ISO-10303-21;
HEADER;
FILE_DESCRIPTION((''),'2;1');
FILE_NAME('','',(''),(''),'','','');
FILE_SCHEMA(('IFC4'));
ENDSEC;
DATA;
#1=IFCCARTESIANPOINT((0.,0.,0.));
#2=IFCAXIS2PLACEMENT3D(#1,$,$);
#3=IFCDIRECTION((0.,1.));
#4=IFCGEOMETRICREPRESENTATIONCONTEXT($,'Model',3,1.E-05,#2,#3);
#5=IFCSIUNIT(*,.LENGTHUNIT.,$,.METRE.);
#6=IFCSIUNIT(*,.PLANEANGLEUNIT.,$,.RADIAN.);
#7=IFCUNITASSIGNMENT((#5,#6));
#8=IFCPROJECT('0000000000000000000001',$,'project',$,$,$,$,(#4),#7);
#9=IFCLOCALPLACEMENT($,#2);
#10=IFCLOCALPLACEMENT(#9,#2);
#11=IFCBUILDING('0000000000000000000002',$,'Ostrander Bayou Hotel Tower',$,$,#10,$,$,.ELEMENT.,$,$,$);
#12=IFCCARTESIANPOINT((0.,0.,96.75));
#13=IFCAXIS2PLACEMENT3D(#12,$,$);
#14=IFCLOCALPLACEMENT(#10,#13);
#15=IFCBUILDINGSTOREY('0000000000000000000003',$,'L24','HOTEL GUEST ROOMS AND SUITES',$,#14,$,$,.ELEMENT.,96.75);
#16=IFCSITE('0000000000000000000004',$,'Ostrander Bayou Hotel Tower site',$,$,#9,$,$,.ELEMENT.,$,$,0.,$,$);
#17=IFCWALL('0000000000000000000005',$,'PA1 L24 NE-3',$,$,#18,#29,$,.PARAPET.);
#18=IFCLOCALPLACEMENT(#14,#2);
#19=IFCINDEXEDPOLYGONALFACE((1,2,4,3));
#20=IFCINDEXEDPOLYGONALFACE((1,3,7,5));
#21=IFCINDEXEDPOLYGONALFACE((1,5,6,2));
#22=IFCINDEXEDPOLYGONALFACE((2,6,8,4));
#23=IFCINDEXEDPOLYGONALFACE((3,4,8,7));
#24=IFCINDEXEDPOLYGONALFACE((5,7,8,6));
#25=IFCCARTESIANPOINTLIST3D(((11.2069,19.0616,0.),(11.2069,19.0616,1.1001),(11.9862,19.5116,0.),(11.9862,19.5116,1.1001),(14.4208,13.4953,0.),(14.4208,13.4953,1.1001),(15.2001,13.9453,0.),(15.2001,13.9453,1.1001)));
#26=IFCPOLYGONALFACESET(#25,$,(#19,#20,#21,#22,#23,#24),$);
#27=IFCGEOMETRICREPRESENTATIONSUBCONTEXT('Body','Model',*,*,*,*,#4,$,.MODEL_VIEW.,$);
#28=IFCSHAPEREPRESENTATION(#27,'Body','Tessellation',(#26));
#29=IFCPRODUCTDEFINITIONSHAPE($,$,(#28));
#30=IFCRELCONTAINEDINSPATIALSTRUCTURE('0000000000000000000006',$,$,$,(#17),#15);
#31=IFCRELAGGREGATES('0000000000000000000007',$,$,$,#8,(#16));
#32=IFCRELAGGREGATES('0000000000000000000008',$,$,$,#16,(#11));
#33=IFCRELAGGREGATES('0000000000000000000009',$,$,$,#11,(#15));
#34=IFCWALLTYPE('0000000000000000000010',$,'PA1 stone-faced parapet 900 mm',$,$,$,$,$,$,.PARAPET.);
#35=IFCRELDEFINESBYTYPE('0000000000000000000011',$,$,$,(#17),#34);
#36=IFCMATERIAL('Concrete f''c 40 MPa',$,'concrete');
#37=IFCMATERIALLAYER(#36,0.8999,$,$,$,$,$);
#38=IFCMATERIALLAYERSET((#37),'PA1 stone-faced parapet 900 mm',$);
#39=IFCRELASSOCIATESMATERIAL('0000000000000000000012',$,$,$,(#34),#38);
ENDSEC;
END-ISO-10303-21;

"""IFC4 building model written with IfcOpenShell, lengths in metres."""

from ifc_helpers import new_model, si_unit, direction, frame, frame_2d, origin, place, context, subcontext, project, spatial, rectangle, extrude, material, layer, layer_set, type_object, element, save


model = new_model("IFC4")

# Units and contexts
model_context = context("Model", 3, precision=1e-05, world=origin(), true_north=direction((0.0, 1.0)))
body_context = subcontext(model_context, "Body", "Model", "MODEL_VIEW")
ifc_project = project(units=[si_unit("LENGTHUNIT", "METRE"), si_unit("PLANEANGLEUNIT", "RADIAN")], contexts=[model_context])

# Site, building, storey
site_placement = place(None, origin())
site = spatial("IfcSite", under=ifc_project, at=site_placement, Name="Ostrander Bayou Hotel Tower site", CompositionType="ELEMENT", RefElevation=0.0)
building_placement = place(site_placement, origin())
building = spatial("IfcBuilding", under=site, at=building_placement, Name="Ostrander Bayou Hotel Tower", CompositionType="ELEMENT")
storey_placement = place(building_placement, frame((0.0, 0.0, 96.75)))
storey = spatial("IfcBuildingStorey", under=building, at=storey_placement, Name="L24", Description="HOTEL GUEST ROOMS AND SUITES", CompositionType="ELEMENT", Elevation=96.75)

# Wall
ifc_material_1 = material(Name="Concrete f'c 40 MPa", Category="concrete")
ifc_layer_1 = layer(ifc_material_1, 0.8999)
ifc_layer_set_1 = layer_set([ifc_layer_1], Name="PA1 stone-faced parapet 900 mm")
wall_type = type_object("IfcWallType", Name="PA1 stone-faced parapet 900 mm", PredefinedType="PARAPET", material=ifc_layer_set_1)
wall_placement = place(storey_placement, frame((14.8105, 13.7202, 0.0), z_axis=(0.0, 0.0, 1.0), x_axis=(-0.500028, 0.866009, 0.0)))
element("IfcWall", 1, at=wall_placement, inside=storey, type_object=wall_type, Name="PA1 L24 NE-3", PredefinedType="PARAPET", context=body_context, shape_type="SweptSolid", body=[
    extrude(rectangle(XDim=6.4275, YDim=0.8999, at=frame_2d((3.2139, 0.0))), origin(), (0.0, 0.0, 1.0), 1.1001),
])

save(model, "model.ifc")
